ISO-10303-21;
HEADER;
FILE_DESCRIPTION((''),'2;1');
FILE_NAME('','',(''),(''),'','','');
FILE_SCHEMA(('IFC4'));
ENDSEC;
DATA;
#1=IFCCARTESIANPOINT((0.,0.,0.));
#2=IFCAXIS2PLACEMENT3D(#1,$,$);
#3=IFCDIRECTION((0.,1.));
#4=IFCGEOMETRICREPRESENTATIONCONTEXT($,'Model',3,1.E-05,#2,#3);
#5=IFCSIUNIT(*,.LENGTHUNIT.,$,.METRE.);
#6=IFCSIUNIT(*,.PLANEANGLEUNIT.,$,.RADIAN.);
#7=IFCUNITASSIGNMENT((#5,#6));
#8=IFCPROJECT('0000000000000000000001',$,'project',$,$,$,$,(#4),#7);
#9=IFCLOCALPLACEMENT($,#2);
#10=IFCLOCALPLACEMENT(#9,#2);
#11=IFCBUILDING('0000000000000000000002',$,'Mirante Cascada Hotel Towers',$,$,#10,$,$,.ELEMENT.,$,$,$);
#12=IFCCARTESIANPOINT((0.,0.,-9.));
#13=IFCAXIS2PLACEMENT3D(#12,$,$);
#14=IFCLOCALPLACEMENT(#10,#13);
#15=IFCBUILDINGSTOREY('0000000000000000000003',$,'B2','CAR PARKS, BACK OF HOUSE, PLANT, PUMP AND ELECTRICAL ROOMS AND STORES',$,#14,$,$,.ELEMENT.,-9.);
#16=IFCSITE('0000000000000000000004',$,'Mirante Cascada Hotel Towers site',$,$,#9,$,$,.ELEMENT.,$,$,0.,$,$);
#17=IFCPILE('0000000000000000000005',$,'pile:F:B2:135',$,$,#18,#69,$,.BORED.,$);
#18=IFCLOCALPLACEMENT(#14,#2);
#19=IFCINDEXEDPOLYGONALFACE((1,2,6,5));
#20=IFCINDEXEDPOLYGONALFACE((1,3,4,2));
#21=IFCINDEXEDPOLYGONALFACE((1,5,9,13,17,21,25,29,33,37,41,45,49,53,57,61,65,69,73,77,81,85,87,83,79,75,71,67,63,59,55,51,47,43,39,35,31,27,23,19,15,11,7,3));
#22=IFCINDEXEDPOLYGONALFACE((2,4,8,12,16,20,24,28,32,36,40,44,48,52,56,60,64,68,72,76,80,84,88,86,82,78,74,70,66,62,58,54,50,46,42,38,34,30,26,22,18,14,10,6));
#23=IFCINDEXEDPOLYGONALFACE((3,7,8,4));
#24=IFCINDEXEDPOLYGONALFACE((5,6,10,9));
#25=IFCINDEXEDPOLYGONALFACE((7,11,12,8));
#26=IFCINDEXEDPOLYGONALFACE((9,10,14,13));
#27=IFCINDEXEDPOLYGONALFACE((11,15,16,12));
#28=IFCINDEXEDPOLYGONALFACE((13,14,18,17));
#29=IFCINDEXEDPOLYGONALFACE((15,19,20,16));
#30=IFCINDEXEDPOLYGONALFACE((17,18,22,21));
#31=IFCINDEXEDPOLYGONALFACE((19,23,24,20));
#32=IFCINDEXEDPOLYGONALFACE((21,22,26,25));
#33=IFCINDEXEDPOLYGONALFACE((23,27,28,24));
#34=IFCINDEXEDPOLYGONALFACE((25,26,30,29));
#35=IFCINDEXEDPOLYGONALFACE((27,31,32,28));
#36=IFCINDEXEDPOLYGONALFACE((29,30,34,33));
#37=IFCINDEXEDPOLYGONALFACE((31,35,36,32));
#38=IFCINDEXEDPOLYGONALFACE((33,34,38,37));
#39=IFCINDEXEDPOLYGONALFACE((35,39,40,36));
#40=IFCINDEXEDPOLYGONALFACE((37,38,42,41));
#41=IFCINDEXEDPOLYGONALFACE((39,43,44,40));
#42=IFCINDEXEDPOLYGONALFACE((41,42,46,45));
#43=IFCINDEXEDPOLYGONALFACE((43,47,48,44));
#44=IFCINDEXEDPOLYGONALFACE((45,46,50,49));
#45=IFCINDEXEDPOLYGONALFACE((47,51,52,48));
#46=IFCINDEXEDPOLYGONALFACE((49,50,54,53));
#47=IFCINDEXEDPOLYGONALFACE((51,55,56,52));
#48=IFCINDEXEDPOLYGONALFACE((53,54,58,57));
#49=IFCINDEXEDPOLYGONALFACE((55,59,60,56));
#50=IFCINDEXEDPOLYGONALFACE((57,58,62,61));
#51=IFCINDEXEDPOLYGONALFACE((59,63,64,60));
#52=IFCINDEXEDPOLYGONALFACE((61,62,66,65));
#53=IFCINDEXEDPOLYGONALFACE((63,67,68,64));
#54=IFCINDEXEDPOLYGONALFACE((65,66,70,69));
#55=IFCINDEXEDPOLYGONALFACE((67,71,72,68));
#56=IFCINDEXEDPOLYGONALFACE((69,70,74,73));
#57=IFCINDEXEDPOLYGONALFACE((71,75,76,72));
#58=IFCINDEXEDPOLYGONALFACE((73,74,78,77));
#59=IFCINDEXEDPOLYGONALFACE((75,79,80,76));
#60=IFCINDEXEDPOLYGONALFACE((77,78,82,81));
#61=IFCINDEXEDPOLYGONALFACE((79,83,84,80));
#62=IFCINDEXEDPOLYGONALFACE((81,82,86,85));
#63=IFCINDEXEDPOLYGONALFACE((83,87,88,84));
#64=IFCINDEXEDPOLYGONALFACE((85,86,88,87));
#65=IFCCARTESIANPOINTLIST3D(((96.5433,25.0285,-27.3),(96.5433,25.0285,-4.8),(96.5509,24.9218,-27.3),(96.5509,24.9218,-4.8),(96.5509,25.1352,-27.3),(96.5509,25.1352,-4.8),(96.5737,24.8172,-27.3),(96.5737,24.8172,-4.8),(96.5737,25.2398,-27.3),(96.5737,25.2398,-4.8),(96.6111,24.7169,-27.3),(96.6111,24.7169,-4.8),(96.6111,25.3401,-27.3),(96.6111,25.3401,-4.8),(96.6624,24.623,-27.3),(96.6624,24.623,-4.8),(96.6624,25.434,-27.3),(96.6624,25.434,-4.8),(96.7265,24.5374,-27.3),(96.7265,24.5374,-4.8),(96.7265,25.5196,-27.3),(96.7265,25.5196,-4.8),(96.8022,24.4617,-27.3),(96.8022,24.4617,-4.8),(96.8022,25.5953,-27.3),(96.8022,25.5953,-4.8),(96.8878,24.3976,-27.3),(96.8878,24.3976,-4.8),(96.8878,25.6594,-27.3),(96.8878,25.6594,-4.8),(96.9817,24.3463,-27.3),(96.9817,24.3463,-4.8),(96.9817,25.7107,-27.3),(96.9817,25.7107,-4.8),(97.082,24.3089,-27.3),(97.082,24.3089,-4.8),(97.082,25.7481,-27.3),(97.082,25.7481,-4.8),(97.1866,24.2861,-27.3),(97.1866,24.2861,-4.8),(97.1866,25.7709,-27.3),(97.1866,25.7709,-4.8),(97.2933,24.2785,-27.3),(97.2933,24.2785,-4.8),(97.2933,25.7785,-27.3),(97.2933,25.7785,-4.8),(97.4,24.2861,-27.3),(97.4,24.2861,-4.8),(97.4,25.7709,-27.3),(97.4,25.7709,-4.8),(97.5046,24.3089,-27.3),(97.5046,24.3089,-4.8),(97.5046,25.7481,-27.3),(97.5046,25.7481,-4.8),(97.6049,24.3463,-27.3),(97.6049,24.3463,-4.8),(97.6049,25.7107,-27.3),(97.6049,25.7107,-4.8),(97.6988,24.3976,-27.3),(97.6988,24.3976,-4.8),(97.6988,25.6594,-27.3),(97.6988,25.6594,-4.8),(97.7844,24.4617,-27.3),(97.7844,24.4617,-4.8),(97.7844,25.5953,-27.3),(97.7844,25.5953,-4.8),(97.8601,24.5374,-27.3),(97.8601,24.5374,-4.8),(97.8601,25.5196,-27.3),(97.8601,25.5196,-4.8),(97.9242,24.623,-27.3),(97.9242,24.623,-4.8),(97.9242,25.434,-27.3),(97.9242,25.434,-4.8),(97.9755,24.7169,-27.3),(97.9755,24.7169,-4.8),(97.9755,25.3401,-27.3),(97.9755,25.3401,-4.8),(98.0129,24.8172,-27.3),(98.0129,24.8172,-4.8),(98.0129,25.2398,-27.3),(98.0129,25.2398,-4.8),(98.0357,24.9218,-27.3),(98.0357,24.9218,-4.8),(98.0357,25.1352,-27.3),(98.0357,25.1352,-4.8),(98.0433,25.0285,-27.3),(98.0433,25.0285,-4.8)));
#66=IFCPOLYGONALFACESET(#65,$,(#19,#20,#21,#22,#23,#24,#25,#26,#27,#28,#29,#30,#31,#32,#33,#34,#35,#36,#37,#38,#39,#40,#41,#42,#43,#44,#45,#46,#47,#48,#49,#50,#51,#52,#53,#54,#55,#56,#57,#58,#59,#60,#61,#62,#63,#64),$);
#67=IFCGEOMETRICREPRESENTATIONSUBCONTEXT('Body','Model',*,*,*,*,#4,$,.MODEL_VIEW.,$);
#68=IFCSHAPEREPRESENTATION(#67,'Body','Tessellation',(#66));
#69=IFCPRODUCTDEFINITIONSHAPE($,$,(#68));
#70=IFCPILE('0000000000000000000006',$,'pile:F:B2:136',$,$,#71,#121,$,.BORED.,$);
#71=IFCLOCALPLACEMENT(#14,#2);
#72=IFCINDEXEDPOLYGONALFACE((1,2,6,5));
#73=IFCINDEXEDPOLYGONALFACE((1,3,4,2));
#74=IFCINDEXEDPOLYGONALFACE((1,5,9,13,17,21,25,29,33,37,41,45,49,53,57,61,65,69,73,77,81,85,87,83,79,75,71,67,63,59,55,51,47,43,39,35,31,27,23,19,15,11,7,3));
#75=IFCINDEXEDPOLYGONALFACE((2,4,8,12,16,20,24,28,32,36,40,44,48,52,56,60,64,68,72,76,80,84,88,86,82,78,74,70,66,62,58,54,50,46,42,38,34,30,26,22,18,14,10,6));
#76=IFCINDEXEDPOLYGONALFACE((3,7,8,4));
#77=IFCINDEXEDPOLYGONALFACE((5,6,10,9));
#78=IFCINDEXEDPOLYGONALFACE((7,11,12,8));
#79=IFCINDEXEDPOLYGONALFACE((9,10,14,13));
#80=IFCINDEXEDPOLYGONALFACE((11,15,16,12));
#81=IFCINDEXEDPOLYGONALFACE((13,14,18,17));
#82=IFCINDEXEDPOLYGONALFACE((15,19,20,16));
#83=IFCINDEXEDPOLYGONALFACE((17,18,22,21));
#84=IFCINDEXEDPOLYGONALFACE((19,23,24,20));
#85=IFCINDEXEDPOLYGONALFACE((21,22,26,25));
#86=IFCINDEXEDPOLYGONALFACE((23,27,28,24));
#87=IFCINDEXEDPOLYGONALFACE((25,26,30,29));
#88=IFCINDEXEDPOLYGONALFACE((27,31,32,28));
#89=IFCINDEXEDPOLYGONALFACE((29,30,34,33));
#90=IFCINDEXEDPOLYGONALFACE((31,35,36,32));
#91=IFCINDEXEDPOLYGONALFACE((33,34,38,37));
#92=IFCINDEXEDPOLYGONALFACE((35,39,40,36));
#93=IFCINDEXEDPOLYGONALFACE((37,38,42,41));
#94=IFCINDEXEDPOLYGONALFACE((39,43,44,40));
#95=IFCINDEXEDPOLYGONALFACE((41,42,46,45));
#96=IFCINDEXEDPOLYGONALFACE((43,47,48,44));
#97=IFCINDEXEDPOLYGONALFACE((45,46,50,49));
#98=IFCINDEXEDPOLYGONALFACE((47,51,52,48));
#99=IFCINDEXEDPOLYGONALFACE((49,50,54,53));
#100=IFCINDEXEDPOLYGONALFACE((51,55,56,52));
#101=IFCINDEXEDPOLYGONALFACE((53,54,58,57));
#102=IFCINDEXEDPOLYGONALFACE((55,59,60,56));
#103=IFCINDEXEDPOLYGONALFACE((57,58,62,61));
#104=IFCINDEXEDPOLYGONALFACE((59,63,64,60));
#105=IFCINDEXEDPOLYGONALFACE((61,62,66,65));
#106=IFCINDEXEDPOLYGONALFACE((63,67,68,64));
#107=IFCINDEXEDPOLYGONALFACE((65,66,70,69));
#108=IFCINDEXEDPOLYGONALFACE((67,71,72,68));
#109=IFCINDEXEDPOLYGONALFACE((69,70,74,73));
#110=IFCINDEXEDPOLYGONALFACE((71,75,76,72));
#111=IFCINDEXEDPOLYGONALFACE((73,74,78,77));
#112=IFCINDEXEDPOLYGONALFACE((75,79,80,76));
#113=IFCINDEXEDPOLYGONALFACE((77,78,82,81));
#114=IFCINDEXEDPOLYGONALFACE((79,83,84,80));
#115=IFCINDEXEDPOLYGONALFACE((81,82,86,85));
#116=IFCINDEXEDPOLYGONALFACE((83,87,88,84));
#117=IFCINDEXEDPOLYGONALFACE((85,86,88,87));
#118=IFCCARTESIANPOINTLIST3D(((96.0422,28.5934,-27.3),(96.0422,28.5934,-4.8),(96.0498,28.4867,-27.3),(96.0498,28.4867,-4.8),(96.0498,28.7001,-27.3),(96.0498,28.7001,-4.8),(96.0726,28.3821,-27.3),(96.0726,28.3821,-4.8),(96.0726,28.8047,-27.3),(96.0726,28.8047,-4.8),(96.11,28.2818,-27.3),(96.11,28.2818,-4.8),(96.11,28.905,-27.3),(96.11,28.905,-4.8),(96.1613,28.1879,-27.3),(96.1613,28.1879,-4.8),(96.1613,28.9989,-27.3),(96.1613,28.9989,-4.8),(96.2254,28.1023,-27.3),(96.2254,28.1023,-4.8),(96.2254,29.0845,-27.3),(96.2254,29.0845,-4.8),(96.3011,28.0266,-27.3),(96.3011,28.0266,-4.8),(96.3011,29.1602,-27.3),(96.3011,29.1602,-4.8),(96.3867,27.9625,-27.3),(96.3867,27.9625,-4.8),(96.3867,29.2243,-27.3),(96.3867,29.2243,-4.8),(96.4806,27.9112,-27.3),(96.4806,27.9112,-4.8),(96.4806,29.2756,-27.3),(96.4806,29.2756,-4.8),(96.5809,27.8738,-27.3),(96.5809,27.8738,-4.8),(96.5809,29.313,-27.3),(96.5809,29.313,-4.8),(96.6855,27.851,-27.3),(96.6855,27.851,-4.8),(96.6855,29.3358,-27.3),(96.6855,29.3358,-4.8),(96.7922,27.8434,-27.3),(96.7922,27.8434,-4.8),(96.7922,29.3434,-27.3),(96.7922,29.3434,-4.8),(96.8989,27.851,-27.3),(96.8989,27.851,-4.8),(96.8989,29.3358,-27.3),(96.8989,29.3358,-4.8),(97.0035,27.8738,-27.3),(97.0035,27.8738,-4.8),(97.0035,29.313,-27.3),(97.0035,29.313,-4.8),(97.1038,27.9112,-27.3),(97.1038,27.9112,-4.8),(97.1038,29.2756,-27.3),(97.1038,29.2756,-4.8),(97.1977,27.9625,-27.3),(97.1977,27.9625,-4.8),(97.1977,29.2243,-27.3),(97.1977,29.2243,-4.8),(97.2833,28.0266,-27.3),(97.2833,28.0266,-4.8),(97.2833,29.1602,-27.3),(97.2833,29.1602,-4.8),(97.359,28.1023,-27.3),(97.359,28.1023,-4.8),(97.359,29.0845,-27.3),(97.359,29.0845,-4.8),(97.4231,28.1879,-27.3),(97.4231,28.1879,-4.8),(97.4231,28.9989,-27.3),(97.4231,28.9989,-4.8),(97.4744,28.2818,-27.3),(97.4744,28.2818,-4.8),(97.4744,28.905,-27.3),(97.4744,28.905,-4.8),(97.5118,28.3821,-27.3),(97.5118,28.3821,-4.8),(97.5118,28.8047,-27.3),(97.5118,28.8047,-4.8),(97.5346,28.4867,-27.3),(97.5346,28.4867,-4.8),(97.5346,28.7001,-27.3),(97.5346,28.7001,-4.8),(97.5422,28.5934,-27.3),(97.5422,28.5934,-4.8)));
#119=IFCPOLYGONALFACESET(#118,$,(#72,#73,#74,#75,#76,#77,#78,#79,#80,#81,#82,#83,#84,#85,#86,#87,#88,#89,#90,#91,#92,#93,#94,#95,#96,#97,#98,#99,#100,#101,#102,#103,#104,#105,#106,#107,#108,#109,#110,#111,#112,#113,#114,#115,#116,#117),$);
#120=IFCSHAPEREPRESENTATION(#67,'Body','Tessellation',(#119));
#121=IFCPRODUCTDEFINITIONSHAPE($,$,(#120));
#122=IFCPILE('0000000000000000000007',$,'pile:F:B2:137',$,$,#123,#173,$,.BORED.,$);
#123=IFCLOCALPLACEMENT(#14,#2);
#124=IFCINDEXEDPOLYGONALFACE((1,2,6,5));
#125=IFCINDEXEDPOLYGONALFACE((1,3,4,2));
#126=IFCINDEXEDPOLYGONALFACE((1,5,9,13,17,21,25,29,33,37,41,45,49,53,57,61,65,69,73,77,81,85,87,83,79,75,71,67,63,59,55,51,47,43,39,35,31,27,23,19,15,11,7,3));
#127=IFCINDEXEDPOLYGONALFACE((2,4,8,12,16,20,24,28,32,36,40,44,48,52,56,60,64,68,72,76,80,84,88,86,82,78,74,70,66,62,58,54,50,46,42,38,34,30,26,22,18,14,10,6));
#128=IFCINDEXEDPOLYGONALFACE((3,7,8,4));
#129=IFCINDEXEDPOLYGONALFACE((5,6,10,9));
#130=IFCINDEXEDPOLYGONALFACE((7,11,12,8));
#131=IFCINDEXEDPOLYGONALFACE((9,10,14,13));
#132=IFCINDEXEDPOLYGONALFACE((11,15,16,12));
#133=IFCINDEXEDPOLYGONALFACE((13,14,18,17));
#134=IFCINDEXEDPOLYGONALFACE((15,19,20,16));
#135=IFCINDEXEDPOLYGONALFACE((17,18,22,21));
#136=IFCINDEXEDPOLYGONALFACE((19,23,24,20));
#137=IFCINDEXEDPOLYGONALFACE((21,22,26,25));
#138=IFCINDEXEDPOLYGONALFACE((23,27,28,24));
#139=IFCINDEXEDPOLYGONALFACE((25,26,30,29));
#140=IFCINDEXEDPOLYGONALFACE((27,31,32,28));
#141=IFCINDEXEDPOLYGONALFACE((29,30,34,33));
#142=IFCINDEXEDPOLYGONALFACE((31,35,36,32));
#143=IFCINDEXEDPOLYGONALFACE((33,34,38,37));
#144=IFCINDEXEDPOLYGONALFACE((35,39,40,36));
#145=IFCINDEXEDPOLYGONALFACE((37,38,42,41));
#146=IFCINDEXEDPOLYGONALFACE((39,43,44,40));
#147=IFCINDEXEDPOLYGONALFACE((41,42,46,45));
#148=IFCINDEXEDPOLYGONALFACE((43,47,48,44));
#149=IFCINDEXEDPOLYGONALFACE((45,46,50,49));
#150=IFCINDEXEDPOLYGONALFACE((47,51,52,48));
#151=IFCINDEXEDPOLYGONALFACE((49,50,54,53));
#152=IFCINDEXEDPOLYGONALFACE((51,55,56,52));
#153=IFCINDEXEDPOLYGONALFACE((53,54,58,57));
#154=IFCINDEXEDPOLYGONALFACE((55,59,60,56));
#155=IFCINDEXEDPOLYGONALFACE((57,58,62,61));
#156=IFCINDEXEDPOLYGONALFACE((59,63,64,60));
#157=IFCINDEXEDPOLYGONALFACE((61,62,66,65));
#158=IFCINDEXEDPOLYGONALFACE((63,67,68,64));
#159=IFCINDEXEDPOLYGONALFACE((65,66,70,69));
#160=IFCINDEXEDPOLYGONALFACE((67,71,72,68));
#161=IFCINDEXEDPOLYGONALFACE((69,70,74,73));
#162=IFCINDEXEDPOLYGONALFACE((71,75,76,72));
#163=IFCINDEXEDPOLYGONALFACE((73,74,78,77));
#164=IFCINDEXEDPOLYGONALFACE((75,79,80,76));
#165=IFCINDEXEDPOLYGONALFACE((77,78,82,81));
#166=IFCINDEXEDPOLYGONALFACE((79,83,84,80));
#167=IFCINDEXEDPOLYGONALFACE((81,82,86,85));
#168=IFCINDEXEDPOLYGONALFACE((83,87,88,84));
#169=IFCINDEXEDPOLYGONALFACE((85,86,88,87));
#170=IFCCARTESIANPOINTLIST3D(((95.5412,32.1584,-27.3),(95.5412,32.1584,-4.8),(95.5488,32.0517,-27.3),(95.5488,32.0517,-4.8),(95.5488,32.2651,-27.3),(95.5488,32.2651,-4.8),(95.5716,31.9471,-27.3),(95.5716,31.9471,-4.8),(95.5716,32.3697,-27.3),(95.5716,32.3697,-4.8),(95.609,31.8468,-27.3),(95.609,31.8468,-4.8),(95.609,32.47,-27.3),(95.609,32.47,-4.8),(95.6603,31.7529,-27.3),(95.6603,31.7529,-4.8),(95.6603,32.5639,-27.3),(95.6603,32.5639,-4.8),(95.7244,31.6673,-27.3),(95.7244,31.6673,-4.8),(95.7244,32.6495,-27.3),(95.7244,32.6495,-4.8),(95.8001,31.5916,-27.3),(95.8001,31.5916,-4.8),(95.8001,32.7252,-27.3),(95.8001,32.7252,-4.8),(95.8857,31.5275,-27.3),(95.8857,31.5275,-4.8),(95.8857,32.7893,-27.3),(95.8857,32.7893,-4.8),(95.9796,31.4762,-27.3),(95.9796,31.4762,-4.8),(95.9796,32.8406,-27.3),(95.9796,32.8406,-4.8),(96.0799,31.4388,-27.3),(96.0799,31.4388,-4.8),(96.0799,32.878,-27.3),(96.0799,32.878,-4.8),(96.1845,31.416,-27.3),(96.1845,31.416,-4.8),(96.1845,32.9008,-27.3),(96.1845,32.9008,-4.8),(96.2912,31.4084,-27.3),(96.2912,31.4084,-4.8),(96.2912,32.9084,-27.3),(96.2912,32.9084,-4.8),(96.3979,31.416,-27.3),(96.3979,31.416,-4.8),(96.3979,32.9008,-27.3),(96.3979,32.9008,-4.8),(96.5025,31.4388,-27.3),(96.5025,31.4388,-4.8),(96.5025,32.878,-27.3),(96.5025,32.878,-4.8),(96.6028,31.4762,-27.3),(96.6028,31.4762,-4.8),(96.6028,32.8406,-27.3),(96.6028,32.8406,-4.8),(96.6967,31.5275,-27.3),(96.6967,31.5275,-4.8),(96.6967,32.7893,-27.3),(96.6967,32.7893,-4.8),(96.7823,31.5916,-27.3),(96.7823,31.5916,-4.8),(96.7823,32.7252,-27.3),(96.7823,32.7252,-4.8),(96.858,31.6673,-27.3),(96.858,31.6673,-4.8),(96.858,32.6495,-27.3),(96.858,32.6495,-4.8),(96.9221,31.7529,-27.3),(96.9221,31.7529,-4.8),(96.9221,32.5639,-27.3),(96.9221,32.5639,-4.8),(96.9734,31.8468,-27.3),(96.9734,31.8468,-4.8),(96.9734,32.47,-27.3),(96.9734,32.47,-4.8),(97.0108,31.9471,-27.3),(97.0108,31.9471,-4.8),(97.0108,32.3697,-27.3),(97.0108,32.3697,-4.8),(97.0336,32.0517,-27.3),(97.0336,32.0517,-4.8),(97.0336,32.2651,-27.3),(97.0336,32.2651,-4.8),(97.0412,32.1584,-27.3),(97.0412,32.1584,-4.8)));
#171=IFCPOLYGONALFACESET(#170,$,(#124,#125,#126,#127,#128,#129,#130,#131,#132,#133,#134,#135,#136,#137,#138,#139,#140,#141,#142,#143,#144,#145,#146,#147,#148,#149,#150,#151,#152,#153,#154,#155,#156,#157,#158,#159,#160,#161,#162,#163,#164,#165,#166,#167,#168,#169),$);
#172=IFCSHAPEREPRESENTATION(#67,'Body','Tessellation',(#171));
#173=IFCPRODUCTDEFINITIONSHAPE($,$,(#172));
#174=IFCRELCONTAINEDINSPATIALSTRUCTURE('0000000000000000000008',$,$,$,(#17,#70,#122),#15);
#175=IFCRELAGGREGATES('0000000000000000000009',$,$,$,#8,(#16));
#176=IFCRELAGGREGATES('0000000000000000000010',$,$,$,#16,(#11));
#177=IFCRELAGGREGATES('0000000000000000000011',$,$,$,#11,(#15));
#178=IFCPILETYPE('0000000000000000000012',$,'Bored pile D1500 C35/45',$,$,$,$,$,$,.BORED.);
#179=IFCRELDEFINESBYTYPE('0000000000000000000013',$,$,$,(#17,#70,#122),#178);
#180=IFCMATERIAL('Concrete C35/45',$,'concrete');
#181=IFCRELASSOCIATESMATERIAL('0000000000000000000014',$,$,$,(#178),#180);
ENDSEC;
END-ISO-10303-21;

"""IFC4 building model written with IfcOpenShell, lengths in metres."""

from ifc_helpers import new_model, si_unit, direction, frame, origin, origin_2d, place, context, subcontext, project, spatial, circle, extrude, material, material_profile, profile_set, type_object, element, save


model = new_model("IFC4")

# Units and contexts
model_context = context("Model", 3, precision=1e-05, world=origin(), true_north=direction((0.0, 1.0)))
body_context = subcontext(model_context, "Body", "Model", "MODEL_VIEW")
ifc_project = project(units=[si_unit("LENGTHUNIT", "METRE"), si_unit("PLANEANGLEUNIT", "RADIAN")], contexts=[model_context])

# Site, building, storey
site_placement = place(None, origin())
site = spatial("IfcSite", under=ifc_project, at=site_placement, Name="Mirante Cascada Hotel Towers site", CompositionType="ELEMENT", RefElevation=0.0)
building_placement = place(site_placement, origin())
building = spatial("IfcBuilding", under=site, at=building_placement, Name="Mirante Cascada Hotel Towers", CompositionType="ELEMENT")
storey_placement = place(building_placement, frame((0.0, 0.0, -9.0)))
storey = spatial("IfcBuildingStorey", under=building, at=storey_placement, Name="B2", Description="CAR PARKS, BACK OF HOUSE, PLANT, PUMP AND ELECTRICAL ROOMS AND STORES", CompositionType="ELEMENT", Elevation=-9.0)

# Piles
ifc_material_1 = material(Name="Concrete C35/45", Category="concrete")
ifc_material_profile_1 = material_profile(ifc_material_1, circle(Radius=0.75, at=origin_2d()), Name="RC D1500")
ifc_profile_set_1 = profile_set([ifc_material_profile_1], Name="Concrete C35/45")
pile_type = type_object("IfcPileType", Name="Bored pile D1500 C35/45", PredefinedType="BORED", material=ifc_profile_set_1)
for number, where, z_axis, x_axis, name in (
    (1, (97.2933, 25.0285, -4.8), (0.0, 0.0, -1.0), (1.0, 0.0, 0.0), "pile:F:B2:135"),
    (2, (96.7922, 28.5934, -4.8), (0.0, 0.0, -1.0), (1.0, 0.0, 0.0), "pile:F:B2:136"),
    (3, (96.2912, 32.1584, -4.8), (0.0, 0.0, -1.0), (1.0, 0.0, 0.0), "pile:F:B2:137"),
):
    element("IfcPile", number, at=place(storey_placement, frame(where, z_axis=z_axis, x_axis=x_axis)), inside=storey, type_object=pile_type, Name=name, PredefinedType="BORED", context=body_context, shape_type="SweptSolid", body=[
        extrude(circle(Radius=0.75, at=origin_2d()), origin(), (0.0, 0.0, 1.0), 22.5),
    ])

save(model, "model.ifc")
